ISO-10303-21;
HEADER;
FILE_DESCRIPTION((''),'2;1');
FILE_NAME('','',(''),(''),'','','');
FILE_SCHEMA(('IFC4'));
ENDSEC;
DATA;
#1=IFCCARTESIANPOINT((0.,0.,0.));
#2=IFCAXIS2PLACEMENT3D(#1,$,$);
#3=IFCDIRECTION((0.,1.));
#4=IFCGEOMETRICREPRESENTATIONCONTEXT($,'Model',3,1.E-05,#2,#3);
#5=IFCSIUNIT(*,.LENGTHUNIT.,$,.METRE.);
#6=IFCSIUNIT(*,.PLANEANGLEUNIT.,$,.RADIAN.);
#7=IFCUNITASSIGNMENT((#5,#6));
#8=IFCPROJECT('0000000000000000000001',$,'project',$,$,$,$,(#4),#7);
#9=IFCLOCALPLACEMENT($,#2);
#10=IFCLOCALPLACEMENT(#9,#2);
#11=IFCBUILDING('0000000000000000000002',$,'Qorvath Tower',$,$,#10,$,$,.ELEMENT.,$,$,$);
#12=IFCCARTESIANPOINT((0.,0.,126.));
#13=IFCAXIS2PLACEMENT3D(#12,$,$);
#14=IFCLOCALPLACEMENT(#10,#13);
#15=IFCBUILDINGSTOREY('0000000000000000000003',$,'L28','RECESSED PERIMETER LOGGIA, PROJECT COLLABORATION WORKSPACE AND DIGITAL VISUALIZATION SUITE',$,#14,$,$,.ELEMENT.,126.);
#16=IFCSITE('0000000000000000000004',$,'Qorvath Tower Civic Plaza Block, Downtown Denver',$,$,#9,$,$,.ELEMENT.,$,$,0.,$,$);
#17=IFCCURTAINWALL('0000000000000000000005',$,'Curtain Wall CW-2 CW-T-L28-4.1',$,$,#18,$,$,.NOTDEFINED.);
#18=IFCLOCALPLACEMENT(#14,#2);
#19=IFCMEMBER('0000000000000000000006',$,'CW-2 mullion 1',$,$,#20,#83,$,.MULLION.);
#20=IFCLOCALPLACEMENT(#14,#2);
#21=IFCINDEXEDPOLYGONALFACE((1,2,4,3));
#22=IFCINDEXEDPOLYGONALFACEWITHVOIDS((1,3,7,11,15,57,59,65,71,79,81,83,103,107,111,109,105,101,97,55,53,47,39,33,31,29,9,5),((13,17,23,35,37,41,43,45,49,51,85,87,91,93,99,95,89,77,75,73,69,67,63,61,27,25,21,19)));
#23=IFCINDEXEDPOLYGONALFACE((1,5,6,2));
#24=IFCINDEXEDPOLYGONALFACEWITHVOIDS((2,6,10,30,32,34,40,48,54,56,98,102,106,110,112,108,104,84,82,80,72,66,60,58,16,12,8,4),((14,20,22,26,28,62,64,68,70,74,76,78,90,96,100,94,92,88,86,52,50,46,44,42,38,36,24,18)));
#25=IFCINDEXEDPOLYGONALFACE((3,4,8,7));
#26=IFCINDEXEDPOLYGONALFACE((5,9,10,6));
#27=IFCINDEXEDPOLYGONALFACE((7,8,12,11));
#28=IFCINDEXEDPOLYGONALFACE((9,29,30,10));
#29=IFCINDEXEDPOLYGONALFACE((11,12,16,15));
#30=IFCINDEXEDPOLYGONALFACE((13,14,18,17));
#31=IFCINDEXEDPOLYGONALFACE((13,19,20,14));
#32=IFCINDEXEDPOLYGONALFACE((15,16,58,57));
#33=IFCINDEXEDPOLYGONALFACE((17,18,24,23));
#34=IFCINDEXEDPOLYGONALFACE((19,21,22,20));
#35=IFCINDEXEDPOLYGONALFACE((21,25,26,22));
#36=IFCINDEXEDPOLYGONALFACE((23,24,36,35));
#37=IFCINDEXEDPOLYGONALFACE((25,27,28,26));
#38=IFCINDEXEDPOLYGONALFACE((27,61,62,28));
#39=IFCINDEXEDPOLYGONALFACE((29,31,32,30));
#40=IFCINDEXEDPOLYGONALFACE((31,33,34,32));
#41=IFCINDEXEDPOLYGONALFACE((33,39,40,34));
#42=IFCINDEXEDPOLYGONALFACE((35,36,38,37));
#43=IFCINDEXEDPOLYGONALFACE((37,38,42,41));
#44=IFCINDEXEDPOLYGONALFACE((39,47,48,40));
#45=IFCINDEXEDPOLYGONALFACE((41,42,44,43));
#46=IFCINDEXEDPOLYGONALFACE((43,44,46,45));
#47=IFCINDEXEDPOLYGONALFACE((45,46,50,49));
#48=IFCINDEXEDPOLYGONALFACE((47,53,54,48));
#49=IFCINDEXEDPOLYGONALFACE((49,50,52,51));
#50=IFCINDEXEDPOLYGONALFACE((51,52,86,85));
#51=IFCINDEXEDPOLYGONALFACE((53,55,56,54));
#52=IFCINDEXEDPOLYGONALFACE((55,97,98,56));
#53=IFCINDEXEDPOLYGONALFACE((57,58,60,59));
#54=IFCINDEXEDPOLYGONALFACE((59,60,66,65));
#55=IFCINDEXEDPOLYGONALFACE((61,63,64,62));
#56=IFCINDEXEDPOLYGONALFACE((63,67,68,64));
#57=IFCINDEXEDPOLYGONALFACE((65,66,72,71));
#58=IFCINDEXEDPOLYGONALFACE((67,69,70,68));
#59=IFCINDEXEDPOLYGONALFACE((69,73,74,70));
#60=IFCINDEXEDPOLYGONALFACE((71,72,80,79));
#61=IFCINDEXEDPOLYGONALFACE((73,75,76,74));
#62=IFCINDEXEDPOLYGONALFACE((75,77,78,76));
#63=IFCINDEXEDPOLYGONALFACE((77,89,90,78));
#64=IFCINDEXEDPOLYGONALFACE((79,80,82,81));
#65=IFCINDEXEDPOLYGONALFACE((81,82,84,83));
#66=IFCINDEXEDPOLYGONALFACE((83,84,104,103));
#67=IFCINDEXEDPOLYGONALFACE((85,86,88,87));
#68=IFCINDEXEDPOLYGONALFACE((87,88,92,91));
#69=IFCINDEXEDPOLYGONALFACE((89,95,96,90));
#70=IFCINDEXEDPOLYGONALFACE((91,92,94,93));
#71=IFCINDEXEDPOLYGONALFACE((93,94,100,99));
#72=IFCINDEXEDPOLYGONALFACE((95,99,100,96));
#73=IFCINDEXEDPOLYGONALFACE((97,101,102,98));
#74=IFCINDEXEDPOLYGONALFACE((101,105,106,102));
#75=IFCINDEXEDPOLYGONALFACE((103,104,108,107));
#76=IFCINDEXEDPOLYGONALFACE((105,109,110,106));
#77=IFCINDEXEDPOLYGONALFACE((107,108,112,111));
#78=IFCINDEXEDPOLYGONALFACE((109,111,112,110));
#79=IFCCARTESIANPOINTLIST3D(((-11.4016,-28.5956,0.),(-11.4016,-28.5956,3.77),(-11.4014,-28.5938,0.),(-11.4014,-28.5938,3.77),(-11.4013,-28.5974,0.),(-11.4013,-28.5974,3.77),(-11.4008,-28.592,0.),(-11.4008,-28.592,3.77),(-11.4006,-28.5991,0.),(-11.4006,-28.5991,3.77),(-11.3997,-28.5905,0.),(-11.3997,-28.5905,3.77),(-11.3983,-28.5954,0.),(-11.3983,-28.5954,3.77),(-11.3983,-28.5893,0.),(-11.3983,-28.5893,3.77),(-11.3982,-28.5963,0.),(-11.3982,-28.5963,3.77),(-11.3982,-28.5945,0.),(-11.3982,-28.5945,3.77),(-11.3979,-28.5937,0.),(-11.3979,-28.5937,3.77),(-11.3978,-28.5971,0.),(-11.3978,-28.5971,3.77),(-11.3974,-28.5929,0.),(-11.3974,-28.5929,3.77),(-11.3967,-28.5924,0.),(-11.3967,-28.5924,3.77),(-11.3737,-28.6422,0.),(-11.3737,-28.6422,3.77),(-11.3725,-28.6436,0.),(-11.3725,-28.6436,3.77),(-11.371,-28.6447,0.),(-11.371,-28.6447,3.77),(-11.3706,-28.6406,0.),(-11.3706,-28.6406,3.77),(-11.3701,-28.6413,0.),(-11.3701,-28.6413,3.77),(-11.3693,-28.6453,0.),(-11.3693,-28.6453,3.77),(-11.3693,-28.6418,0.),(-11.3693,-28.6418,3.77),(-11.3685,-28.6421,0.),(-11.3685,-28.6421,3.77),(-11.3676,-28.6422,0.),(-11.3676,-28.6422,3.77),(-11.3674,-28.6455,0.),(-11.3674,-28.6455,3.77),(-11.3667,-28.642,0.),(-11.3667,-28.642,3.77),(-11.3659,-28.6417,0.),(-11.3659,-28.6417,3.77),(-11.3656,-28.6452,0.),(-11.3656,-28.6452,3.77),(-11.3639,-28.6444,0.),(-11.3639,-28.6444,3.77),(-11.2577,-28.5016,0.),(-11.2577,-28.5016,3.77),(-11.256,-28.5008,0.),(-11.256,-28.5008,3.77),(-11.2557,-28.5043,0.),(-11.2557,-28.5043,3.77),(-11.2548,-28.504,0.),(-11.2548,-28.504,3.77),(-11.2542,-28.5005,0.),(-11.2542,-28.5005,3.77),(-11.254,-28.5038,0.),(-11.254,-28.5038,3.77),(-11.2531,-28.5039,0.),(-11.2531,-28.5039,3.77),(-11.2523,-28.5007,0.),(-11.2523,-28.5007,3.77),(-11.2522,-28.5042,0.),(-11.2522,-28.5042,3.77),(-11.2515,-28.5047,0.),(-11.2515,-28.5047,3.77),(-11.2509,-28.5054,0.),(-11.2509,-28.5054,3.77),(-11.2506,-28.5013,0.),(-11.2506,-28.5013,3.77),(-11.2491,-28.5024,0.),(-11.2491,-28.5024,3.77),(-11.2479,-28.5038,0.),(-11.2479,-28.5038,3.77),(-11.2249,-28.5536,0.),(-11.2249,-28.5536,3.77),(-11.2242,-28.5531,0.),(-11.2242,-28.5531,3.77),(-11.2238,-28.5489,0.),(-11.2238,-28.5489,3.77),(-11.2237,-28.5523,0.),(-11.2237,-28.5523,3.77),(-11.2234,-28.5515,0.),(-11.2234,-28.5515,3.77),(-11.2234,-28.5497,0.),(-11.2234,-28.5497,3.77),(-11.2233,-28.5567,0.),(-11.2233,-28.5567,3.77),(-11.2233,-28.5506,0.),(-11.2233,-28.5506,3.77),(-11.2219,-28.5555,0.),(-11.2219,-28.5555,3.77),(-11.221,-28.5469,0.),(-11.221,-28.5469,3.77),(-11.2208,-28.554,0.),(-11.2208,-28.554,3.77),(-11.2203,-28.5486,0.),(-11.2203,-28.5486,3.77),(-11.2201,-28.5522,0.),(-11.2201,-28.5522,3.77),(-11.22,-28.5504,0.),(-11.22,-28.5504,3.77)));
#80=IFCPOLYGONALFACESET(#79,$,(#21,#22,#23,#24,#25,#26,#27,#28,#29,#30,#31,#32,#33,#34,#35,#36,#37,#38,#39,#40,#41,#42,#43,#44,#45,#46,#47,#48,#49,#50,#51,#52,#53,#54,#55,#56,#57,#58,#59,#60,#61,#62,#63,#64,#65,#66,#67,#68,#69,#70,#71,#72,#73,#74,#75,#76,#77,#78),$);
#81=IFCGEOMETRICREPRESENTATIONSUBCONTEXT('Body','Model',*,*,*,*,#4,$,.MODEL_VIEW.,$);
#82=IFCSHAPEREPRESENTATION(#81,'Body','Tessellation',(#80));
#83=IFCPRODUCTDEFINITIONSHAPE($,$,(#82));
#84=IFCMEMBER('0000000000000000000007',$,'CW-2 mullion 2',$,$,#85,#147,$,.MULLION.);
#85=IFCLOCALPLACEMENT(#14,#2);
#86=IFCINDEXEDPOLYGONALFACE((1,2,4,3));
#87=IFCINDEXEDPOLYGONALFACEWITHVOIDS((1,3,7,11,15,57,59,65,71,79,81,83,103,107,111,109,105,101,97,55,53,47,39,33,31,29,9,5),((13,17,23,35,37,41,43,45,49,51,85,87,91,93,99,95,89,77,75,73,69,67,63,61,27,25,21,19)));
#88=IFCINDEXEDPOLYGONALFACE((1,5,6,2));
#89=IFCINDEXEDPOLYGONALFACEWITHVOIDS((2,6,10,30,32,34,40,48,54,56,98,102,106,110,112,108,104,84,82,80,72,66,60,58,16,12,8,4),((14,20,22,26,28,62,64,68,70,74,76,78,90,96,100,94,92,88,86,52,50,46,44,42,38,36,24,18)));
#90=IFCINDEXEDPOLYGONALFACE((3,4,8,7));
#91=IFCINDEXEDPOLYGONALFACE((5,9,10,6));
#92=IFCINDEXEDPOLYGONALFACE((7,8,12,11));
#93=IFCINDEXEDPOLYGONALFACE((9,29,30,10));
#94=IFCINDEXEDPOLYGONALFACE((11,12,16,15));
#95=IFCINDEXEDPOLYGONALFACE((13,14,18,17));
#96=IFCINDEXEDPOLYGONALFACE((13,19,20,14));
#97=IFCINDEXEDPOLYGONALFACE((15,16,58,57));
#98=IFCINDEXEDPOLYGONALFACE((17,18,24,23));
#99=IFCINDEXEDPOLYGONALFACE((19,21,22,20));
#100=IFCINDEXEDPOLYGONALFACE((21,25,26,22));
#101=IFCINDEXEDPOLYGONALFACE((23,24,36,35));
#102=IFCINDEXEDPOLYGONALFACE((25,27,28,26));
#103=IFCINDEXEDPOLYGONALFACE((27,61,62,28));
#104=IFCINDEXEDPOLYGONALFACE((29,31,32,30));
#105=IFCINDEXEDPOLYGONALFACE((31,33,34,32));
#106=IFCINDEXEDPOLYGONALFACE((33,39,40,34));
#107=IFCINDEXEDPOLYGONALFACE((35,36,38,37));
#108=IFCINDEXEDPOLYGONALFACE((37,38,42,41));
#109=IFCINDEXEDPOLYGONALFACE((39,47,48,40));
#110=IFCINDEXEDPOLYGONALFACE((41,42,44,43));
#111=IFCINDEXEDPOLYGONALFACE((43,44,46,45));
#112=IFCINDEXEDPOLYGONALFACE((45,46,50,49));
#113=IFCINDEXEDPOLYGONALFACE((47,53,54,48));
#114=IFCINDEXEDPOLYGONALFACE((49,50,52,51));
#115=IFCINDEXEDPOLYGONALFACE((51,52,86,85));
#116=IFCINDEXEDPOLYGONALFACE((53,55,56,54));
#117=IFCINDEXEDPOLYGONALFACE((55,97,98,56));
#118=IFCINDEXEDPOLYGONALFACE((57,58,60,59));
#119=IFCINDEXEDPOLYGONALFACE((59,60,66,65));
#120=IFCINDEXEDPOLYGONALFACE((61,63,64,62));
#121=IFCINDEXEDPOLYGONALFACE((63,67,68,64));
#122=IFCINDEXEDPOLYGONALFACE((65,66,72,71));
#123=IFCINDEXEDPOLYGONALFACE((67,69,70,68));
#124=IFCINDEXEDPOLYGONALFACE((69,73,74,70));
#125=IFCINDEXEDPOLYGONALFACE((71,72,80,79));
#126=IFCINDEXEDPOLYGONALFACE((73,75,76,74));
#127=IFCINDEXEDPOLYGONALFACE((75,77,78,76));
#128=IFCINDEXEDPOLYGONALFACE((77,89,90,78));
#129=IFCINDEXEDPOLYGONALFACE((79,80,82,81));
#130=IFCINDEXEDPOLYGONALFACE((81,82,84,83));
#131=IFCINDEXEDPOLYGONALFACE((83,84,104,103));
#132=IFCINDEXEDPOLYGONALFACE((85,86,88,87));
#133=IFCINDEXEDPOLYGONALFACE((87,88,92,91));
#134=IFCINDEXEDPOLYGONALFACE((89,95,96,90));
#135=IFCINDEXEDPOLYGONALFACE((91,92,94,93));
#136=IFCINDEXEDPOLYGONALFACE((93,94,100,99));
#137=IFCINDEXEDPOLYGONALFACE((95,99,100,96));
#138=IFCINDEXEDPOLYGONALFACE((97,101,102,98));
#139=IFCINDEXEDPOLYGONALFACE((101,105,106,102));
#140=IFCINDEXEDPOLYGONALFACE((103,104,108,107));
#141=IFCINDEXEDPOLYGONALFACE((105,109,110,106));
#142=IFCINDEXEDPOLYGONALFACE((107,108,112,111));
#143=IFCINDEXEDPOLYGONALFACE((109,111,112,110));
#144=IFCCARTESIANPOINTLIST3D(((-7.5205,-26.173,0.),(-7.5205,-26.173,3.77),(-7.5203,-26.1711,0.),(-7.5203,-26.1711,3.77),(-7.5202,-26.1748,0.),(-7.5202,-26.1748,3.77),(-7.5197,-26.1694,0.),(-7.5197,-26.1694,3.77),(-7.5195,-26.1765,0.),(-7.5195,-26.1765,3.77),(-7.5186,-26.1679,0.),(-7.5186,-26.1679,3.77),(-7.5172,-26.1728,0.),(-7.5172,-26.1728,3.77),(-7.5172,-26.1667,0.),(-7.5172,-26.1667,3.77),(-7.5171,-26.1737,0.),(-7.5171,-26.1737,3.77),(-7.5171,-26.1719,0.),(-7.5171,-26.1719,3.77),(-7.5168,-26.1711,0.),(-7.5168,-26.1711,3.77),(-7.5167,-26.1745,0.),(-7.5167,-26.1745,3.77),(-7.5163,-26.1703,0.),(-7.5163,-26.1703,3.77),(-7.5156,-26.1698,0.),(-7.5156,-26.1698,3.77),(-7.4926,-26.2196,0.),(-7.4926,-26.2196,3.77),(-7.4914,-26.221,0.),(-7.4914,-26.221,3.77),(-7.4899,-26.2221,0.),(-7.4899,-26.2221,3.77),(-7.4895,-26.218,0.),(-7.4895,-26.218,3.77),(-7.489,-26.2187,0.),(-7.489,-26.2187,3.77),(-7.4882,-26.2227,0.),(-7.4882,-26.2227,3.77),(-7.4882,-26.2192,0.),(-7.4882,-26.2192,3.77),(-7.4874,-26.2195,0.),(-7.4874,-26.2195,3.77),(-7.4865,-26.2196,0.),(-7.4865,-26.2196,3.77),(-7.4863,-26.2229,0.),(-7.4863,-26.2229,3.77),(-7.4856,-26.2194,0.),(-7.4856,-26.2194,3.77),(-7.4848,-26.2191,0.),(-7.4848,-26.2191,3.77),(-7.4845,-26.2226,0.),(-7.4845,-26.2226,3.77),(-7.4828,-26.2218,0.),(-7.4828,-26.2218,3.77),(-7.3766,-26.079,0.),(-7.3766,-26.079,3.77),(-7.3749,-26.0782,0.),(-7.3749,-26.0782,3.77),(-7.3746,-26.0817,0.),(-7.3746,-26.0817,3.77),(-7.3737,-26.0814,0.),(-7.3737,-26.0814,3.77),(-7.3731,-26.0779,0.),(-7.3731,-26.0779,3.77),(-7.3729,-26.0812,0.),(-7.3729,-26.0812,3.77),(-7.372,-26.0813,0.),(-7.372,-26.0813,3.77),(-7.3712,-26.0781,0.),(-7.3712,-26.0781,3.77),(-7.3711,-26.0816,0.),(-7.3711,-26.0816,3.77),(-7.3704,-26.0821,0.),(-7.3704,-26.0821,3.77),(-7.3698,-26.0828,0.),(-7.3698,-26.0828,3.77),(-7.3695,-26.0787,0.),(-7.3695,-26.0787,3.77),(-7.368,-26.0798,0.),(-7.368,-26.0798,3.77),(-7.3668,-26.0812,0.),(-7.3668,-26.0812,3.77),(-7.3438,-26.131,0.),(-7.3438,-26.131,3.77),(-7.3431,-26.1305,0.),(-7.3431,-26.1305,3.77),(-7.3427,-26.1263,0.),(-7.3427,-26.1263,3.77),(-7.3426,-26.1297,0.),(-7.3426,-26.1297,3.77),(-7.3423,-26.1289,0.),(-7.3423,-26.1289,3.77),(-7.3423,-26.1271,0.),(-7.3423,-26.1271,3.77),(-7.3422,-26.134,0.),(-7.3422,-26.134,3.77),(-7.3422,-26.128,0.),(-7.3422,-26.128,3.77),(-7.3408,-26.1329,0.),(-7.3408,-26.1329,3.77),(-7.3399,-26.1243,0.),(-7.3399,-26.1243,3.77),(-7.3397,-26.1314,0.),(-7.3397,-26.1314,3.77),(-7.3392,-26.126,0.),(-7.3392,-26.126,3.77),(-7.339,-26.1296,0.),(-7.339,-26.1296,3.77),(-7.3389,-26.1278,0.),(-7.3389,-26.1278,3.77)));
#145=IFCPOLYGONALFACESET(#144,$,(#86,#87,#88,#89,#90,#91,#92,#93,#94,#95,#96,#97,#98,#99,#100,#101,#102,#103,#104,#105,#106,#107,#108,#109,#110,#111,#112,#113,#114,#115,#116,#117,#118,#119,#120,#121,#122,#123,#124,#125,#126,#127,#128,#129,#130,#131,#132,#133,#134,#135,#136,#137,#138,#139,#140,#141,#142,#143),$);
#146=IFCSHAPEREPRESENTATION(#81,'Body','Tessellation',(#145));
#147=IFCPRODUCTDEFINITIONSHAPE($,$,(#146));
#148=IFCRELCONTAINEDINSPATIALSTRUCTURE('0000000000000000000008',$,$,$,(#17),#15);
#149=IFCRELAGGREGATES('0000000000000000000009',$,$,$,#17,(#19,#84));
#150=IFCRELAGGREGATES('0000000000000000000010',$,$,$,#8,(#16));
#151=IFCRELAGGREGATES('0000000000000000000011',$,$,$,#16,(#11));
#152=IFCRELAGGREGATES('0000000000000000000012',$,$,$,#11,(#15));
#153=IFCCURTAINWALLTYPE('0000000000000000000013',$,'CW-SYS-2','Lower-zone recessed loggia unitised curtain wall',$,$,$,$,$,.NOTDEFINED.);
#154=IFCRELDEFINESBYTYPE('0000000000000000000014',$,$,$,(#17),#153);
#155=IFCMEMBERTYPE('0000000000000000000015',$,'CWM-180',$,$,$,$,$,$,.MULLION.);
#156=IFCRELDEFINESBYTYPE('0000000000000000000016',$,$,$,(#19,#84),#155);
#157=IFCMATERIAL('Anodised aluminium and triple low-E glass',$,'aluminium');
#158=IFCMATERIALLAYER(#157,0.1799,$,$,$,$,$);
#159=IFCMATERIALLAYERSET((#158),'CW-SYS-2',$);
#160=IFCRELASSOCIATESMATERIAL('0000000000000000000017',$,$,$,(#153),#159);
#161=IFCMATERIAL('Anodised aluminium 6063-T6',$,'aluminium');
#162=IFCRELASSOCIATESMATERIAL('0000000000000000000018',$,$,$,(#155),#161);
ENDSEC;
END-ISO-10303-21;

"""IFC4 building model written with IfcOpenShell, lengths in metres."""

from ifc_helpers import new_model, si_unit, direction, frame, origin, origin_2d, place, context, subcontext, project, spatial, hollow_rectangle, extrude, material, layer, layer_set, material_profile, profile_set, type_object, element, aggregate, save


model = new_model("IFC4")

# Units and contexts
model_context = context("Model", 3, precision=1e-05, world=origin(), true_north=direction((0.0, 1.0)))
body_context = subcontext(model_context, "Body", "Model", "MODEL_VIEW")
ifc_project = project(units=[si_unit("LENGTHUNIT", "METRE"), si_unit("PLANEANGLEUNIT", "RADIAN")], contexts=[model_context])

# Site, building, storey
site_placement = place(None, origin())
site = spatial("IfcSite", under=ifc_project, at=site_placement, Name="Qorvath Tower Civic Plaza Block, Downtown Denver", CompositionType="ELEMENT", RefElevation=0.0)
building_placement = place(site_placement, origin())
building = spatial("IfcBuilding", under=site, at=building_placement, Name="Qorvath Tower", CompositionType="ELEMENT")
storey_placement = place(building_placement, frame((0.0, 0.0, 126.0)))
storey = spatial("IfcBuildingStorey", under=building, at=storey_placement, Name="L28", Description="RECESSED PERIMETER LOGGIA, PROJECT COLLABORATION WORKSPACE AND DIGITAL VISUALIZATION SUITE", CompositionType="ELEMENT", Elevation=126.0)

# Curtain wall, members
ifc_material_1 = material(Name="Anodised aluminium and triple low-E glass", Category="aluminium")
ifc_layer_1 = layer(ifc_material_1, 0.1799)
ifc_layer_set_1 = layer_set([ifc_layer_1], Name="CW-SYS-2")
curtain_wall_type = type_object("IfcCurtainWallType", Name="CW-SYS-2", Description="Lower-zone recessed loggia unitised curtain wall", PredefinedType="NOTDEFINED", material=ifc_layer_set_1)
curtain_wall_1_placement = place(storey_placement, origin())
curtain_wall_1 = element("IfcCurtainWall", 1, at=curtain_wall_1_placement, inside=storey, type_object=curtain_wall_type, Name="Curtain Wall CW-2 CW-T-L28-4.1", PredefinedType="NOTDEFINED")
ifc_material_2 = material(Name="Anodised aluminium 6063-T6", Category="aluminium")
ifc_material_profile_1 = material_profile(ifc_material_2, hollow_rectangle(XDim=0.0649, YDim=0.1799, WallThickness=0.0034, InnerFilletRadius=0.0034, OuterFilletRadius=0.0071, at=origin_2d()), Name="CWM 180x65")
ifc_profile_set_1 = profile_set([ifc_material_profile_1], Name="Anodised aluminium 6063-T6")
member_type_1 = type_object("IfcMemberType", Name="CWM-180", PredefinedType="MULLION", material=ifc_profile_set_1)
member_1_placement = place(storey_placement, frame((-11.3108, -28.573, 0.0), z_axis=(0.0, 0.0, 1.0), x_axis=(-0.529503, 0.848308, 0.0)))
member_1 = element("IfcMember", 2, at=member_1_placement, type_object=member_type_1, Name="CW-2 mullion 1", PredefinedType="MULLION", context=body_context, shape_type="SweptSolid", body=[
    extrude(hollow_rectangle(XDim=0.0649, YDim=0.1799, WallThickness=0.0034, InnerFilletRadius=0.0034, OuterFilletRadius=0.0071, at=origin_2d()), origin(), (0.0, 0.0, 1.0), 3.77),
])
member_2_placement = place(storey_placement, frame((-7.4297, -26.1504, 0.0), z_axis=(0.0, 0.0, 1.0), x_axis=(-0.529503, 0.848308, 0.0)))
member_2 = element("IfcMember", 3, at=member_2_placement, type_object=member_type_1, Name="CW-2 mullion 2", PredefinedType="MULLION", context=body_context, shape_type="SweptSolid", body=[
    extrude(hollow_rectangle(XDim=0.0649, YDim=0.1799, WallThickness=0.0034, InnerFilletRadius=0.0034, OuterFilletRadius=0.0071, at=origin_2d()), origin(), (0.0, 0.0, 1.0), 3.77),
])

aggregate(curtain_wall_1, [member_1, member_2])

save(model, "model.ifc")
